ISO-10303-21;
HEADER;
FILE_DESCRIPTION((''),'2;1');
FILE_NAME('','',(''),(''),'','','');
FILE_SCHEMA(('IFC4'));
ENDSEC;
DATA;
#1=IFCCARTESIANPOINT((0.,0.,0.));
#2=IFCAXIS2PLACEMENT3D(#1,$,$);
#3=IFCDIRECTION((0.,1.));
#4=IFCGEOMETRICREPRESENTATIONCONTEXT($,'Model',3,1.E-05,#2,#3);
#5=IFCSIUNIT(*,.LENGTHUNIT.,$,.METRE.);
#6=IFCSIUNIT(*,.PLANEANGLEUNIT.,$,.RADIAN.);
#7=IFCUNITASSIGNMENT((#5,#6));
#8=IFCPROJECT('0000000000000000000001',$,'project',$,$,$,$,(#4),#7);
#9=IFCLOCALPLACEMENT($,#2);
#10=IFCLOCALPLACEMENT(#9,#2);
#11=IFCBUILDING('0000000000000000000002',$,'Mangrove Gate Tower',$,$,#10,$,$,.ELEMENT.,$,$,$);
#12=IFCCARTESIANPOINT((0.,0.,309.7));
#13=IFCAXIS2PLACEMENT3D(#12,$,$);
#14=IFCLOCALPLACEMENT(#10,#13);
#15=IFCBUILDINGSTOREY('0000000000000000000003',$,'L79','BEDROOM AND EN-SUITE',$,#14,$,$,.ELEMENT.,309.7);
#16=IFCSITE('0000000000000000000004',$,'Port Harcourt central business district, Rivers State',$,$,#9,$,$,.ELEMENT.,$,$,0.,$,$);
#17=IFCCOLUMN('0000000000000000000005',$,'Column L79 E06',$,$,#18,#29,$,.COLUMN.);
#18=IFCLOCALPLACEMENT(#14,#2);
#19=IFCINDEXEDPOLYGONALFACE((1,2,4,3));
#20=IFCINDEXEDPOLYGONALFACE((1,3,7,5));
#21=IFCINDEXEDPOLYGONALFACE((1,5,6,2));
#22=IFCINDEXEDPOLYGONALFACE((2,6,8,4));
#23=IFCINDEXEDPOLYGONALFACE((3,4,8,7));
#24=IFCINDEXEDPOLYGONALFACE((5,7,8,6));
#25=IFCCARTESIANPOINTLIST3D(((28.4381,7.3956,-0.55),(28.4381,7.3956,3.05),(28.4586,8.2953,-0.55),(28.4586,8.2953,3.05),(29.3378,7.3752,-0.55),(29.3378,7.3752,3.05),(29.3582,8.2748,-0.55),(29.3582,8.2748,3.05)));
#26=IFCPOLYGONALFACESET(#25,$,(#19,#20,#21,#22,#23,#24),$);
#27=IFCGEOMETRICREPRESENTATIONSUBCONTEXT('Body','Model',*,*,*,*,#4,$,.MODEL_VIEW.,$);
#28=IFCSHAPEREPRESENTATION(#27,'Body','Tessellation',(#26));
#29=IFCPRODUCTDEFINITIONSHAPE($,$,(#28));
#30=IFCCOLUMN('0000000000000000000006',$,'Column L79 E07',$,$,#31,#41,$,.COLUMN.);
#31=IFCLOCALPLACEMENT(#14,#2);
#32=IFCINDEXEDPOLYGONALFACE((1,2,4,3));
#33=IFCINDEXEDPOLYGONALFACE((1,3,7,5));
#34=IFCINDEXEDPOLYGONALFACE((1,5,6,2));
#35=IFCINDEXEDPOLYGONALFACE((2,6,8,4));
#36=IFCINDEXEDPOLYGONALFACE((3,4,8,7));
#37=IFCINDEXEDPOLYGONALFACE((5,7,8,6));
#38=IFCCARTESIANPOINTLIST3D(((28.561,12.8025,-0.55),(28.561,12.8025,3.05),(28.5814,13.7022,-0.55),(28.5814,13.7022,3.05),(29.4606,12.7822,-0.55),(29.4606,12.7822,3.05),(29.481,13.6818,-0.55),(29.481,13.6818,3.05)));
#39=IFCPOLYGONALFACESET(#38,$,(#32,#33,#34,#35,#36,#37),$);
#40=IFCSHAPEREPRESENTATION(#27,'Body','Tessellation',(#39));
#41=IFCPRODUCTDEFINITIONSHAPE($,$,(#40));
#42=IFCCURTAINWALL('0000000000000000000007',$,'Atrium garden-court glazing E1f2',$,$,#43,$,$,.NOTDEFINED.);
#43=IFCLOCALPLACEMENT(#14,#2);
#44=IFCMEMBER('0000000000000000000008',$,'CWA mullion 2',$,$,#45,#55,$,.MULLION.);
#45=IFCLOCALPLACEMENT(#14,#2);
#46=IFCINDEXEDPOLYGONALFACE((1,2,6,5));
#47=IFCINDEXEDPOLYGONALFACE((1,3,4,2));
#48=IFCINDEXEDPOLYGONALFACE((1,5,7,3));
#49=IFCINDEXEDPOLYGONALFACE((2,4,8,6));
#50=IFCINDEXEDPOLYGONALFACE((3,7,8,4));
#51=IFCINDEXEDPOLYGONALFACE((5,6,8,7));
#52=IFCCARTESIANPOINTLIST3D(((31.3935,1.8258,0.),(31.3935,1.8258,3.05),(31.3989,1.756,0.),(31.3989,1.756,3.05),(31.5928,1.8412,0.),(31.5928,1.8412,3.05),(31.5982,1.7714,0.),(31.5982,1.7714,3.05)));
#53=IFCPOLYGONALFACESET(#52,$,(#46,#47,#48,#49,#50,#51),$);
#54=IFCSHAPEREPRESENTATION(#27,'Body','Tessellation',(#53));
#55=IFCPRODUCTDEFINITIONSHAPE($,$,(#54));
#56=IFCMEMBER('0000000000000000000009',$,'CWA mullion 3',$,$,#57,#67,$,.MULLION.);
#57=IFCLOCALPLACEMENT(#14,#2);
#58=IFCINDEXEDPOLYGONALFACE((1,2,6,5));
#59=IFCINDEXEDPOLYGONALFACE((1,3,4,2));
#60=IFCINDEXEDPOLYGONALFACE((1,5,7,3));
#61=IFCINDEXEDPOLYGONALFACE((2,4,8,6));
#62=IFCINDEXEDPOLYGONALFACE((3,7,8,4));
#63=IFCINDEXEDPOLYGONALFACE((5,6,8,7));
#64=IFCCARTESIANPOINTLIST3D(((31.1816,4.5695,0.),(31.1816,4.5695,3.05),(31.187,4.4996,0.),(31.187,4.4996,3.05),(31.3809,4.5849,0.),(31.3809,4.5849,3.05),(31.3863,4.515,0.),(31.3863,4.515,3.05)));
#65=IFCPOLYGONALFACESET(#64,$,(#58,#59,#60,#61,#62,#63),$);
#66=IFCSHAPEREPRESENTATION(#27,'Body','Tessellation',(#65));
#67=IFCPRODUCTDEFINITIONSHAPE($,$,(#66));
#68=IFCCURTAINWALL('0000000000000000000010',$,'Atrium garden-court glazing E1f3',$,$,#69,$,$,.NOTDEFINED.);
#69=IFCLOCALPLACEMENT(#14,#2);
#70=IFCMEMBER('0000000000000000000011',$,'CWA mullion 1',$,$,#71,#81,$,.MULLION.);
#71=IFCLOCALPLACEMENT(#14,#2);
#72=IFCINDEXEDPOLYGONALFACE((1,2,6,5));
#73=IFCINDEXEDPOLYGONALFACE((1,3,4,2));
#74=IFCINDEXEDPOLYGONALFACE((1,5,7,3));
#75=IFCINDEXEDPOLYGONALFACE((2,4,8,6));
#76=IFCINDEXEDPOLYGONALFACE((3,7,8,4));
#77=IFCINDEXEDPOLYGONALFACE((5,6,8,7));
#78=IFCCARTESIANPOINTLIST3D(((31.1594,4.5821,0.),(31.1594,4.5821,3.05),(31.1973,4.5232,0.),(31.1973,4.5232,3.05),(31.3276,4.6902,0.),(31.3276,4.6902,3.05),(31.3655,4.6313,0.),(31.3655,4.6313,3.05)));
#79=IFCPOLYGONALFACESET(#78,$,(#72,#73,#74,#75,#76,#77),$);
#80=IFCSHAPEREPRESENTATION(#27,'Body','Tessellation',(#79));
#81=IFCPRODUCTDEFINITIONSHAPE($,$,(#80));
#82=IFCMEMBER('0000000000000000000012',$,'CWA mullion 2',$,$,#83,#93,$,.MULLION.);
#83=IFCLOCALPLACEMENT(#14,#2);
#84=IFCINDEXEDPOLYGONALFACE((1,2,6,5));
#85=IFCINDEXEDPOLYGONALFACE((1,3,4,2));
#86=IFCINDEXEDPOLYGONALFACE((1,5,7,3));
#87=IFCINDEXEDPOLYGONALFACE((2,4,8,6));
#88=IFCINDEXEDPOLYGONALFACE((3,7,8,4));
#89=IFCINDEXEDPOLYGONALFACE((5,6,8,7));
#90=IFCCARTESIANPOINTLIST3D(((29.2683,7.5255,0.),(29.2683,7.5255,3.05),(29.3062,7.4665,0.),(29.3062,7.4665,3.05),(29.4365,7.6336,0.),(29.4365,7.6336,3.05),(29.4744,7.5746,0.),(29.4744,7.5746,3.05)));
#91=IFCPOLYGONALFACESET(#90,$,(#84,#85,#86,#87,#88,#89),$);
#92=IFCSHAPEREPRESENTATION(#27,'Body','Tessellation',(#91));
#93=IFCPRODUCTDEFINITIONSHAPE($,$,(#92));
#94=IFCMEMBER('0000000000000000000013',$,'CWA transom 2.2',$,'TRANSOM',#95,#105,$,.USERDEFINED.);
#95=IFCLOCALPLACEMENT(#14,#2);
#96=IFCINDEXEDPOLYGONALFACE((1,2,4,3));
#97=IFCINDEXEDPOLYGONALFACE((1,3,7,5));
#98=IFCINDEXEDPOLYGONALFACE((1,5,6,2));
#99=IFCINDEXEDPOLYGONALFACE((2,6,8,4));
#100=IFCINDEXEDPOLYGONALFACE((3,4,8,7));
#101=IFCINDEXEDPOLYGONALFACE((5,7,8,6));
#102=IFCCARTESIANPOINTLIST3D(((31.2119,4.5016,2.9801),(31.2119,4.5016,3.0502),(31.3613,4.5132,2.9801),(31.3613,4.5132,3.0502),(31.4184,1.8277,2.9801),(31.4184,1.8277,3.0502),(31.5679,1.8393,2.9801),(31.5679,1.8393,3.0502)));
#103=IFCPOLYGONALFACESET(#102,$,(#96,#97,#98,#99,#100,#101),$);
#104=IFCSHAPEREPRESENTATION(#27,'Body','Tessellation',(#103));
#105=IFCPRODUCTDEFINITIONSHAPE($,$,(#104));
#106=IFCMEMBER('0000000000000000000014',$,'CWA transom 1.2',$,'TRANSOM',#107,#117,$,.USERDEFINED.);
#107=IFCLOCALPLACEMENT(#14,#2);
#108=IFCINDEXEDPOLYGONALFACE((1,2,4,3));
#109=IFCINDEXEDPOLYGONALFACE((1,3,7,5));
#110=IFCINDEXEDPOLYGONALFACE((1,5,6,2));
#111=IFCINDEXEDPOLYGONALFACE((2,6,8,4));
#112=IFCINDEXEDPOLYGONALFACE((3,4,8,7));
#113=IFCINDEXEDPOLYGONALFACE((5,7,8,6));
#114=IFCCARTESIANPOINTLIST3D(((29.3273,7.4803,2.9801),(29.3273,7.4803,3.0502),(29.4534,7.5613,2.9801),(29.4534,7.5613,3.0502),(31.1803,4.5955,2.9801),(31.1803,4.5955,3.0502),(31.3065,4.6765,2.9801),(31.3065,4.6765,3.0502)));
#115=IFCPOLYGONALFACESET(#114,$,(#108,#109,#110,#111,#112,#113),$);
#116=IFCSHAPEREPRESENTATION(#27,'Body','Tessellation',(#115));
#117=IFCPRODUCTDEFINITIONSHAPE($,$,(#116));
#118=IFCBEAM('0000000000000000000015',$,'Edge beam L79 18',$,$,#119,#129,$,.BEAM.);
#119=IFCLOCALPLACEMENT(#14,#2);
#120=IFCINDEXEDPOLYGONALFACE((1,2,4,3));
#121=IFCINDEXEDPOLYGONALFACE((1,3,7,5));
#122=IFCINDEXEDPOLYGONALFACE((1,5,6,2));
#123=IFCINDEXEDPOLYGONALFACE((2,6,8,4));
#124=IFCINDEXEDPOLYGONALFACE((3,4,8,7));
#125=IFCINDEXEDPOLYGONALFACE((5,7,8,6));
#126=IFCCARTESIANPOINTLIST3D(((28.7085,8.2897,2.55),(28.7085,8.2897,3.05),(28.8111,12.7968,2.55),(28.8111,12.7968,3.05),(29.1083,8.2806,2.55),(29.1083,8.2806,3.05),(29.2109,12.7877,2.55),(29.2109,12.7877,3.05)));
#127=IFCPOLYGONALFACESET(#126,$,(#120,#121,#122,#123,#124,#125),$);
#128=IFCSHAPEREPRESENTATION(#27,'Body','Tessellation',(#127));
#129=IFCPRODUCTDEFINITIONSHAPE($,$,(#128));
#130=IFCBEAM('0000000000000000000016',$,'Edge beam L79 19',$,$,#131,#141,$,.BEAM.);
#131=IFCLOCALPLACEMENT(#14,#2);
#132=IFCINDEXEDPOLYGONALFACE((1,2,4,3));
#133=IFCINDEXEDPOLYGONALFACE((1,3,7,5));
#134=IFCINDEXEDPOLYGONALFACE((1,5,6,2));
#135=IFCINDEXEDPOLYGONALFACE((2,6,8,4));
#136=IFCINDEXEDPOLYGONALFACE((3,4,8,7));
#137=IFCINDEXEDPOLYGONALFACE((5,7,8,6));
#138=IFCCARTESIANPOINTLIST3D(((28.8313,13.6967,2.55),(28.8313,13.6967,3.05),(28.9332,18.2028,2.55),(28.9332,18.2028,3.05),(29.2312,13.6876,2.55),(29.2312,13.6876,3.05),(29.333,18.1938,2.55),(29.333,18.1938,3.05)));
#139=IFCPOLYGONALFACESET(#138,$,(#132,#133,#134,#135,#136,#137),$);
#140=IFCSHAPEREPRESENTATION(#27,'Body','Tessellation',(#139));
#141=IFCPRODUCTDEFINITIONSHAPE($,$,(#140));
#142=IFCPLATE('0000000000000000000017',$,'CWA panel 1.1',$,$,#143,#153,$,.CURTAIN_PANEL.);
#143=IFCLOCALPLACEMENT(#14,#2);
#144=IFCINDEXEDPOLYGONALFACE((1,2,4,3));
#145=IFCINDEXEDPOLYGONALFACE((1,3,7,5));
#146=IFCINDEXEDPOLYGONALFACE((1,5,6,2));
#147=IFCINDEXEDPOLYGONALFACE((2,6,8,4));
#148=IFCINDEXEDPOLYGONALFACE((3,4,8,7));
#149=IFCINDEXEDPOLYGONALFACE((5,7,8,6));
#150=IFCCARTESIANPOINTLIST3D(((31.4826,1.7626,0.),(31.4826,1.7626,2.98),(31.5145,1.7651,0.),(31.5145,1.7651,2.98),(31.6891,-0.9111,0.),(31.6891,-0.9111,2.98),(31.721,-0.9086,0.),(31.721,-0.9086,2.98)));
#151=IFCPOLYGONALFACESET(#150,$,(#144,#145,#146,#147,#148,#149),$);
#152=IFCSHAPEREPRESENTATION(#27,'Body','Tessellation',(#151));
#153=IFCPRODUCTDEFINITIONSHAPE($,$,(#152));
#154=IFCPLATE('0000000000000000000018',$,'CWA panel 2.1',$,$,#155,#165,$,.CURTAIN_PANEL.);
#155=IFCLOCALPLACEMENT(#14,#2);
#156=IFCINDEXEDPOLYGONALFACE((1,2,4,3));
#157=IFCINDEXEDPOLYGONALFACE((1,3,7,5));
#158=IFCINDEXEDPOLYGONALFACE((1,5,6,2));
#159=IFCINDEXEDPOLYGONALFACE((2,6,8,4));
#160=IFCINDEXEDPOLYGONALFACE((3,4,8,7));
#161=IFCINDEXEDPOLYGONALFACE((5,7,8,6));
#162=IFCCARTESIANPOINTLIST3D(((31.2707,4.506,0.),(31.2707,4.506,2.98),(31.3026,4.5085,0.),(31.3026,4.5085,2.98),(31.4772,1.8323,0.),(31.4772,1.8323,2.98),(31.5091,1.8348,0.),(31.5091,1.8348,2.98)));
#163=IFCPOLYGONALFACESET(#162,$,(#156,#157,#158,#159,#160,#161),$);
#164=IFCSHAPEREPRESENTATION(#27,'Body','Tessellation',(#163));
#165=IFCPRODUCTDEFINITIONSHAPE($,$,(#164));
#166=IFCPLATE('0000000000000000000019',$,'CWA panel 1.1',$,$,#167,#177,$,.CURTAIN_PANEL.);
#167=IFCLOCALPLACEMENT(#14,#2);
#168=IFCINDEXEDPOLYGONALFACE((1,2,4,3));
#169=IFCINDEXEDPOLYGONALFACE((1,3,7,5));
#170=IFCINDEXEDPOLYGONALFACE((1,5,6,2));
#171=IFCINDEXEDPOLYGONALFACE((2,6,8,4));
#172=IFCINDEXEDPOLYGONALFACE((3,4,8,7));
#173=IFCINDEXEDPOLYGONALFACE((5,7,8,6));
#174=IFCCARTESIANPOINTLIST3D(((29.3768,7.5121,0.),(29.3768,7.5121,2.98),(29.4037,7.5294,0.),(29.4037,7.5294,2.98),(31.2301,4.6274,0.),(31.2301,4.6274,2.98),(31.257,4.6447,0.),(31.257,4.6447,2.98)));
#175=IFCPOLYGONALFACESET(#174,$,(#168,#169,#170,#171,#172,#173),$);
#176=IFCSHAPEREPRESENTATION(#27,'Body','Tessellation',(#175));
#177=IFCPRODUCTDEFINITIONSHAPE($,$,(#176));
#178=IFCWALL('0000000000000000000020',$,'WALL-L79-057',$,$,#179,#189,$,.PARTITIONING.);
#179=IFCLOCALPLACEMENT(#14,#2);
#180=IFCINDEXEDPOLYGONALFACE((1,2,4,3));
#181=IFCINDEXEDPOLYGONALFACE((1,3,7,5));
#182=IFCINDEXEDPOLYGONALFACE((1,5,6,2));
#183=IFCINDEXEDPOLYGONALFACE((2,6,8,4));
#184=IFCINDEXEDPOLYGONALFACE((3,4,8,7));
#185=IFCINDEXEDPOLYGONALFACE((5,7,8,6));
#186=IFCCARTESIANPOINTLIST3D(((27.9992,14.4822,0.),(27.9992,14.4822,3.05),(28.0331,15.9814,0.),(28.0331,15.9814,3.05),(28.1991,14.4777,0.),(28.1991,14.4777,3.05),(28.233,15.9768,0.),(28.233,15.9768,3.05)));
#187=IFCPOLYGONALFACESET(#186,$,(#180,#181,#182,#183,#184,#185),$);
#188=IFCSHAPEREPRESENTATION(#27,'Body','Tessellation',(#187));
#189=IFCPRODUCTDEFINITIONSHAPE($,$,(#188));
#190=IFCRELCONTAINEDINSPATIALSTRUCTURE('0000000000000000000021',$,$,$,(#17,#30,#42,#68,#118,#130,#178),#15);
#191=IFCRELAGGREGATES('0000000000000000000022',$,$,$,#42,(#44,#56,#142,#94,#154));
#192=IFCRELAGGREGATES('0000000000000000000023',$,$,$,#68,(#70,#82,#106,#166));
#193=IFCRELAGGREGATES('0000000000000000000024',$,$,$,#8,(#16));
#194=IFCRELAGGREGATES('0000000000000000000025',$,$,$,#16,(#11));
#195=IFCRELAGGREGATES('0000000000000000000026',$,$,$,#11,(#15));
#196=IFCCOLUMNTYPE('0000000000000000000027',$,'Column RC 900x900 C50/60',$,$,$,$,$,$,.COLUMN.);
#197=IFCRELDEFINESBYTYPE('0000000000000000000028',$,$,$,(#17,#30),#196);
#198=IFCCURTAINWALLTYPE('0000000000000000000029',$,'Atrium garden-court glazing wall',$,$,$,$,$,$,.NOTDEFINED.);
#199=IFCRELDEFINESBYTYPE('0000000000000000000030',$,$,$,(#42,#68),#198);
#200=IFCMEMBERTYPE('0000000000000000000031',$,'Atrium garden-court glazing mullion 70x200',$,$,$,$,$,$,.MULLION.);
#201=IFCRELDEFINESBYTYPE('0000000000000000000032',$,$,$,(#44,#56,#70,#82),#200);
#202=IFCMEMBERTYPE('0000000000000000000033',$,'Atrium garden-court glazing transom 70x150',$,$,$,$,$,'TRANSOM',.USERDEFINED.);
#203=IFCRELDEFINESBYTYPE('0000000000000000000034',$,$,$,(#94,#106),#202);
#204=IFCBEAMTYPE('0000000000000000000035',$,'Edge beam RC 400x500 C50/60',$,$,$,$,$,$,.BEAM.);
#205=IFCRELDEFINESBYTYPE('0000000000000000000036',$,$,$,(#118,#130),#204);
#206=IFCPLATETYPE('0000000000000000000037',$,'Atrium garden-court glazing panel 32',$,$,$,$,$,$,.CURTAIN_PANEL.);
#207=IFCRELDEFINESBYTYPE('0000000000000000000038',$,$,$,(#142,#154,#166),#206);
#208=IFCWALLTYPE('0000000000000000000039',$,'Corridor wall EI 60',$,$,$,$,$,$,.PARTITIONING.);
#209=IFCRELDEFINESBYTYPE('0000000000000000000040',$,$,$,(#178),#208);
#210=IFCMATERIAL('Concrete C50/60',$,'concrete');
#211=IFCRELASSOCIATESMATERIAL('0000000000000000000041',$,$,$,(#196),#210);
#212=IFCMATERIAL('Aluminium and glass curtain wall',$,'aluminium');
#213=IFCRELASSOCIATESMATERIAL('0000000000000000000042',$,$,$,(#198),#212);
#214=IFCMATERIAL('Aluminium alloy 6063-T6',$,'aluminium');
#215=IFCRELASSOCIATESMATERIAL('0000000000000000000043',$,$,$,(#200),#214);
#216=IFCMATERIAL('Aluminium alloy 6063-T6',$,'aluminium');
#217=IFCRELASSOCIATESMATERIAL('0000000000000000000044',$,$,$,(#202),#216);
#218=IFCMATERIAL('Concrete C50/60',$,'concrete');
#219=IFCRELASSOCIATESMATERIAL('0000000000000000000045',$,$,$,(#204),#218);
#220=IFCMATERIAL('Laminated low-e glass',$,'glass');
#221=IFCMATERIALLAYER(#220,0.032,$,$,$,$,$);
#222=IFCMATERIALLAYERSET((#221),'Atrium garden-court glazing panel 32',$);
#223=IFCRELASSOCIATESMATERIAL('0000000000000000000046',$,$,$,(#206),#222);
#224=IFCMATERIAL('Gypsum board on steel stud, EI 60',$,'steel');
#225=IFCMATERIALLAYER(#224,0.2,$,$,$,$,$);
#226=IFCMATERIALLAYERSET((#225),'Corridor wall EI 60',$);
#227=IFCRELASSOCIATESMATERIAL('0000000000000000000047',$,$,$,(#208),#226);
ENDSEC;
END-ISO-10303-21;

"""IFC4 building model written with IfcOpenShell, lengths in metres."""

from ifc_helpers import new_model, si_unit, direction, frame, frame_2d, origin, origin_2d, place, context, subcontext, project, spatial, rectangle, extrude, material, layer, layer_set, material_profile, profile_set, type_object, element, aggregate, save


model = new_model("IFC4")

# Units and contexts
model_context = context("Model", 3, precision=1e-05, world=origin(), true_north=direction((0.0, 1.0)))
body_context = subcontext(model_context, "Body", "Model", "MODEL_VIEW")
ifc_project = project(units=[si_unit("LENGTHUNIT", "METRE"), si_unit("PLANEANGLEUNIT", "RADIAN")], contexts=[model_context])

# Site, building, storey
site_placement = place(None, origin())
site = spatial("IfcSite", under=ifc_project, at=site_placement, Name="Port Harcourt central business district, Rivers State", CompositionType="ELEMENT", RefElevation=0.0)
building_placement = place(site_placement, origin())
building = spatial("IfcBuilding", under=site, at=building_placement, Name="Mangrove Gate Tower", CompositionType="ELEMENT")
storey_placement = place(building_placement, frame((0.0, 0.0, 309.7)))
storey = spatial("IfcBuildingStorey", under=building, at=storey_placement, Name="L79", Description="BEDROOM AND EN-SUITE", CompositionType="ELEMENT", Elevation=309.7)

# Columns
ifc_material_1 = material(Name="Concrete C50/60", Category="concrete")
ifc_material_profile_1 = material_profile(ifc_material_1, rectangle(XDim=0.8999, YDim=0.8999, at=origin_2d()))
ifc_profile_set_1 = profile_set([ifc_material_profile_1], Name="Concrete C50/60")
column_type = type_object("IfcColumnType", Name="Column RC 900x900 C50/60", PredefinedType="COLUMN", material=ifc_profile_set_1)
for number, where, z_axis, x_axis, name in (
    (1, (28.8982, 7.8352, -0.55), (0.0, 0.0, 1.0), (0.022705, 0.999742, 0.0), "Column L79 E06"),
    (2, (29.021, 13.2422, -0.55), (0.0, 0.0, 1.0), (0.022652, 0.999743, 0.0), "Column L79 E07"),
):
    element("IfcColumn", number, at=place(storey_placement, frame(where, z_axis=z_axis, x_axis=x_axis)), inside=storey, type_object=column_type, Name=name, PredefinedType="COLUMN", context=body_context, shape_type="SweptSolid", body=[
        extrude(rectangle(XDim=0.8999, YDim=0.8999, at=origin_2d()), origin(), (0.0, 0.0, 1.0), 3.6001),
    ])

# Curtain walls, members
ifc_material_2 = material(Name="Aluminium and glass curtain wall", Category="aluminium")
curtain_wall_type = type_object("IfcCurtainWallType", Name="Atrium garden-court glazing wall", PredefinedType="NOTDEFINED", material=ifc_material_2)
curtain_wall_1_placement = place(storey_placement, origin())
curtain_wall_1 = element("IfcCurtainWall", 3, at=curtain_wall_1_placement, inside=storey, type_object=curtain_wall_type, Name="Atrium garden-court glazing E1f2", PredefinedType="NOTDEFINED")
ifc_material_3 = material(Name="Aluminium alloy 6063-T6", Category="aluminium")
ifc_material_profile_2 = material_profile(ifc_material_3, rectangle(XDim=0.0701, YDim=0.2, at=origin_2d()))
ifc_profile_set_2 = profile_set([ifc_material_profile_2], Name="Aluminium alloy 6063-T6")
member_type_1 = type_object("IfcMemberType", Name="Atrium garden-court glazing mullion 70x200", PredefinedType="MULLION", material=ifc_profile_set_2)
member_1_placement = place(storey_placement, frame((31.4958, 1.7986, 0.0), z_axis=(0.0, 0.0, 1.0), x_axis=(-0.077023, 0.997029, 0.0)))
member_1 = element("IfcMember", 4, at=member_1_placement, type_object=member_type_1, Name="CWA mullion 2", PredefinedType="MULLION", context=body_context, shape_type="SweptSolid", body=[
    extrude(rectangle(XDim=0.0701, YDim=0.2, at=origin_2d()), origin(), (0.0, 0.0, 1.0), 3.05),
])
member_2_placement = place(storey_placement, frame((31.2839, 4.5422, 0.0), z_axis=(0.0, 0.0, 1.0), x_axis=(-0.077023, 0.997029, 0.0)))
member_2 = element("IfcMember", 5, at=member_2_placement, type_object=member_type_1, Name="CWA mullion 3", PredefinedType="MULLION", context=body_context, shape_type="SweptSolid", body=[
    extrude(rectangle(XDim=0.0701, YDim=0.2, at=origin_2d()), origin(), (0.0, 0.0, 1.0), 3.05),
])
curtain_wall_2_placement = place(storey_placement, origin())
curtain_wall_2 = element("IfcCurtainWall", 6, at=curtain_wall_2_placement, inside=storey, type_object=curtain_wall_type, Name="Atrium garden-court glazing E1f3", PredefinedType="NOTDEFINED")
member_3_placement = place(storey_placement, frame((31.2625, 4.6067, 0.0), z_axis=(0.0, 0.0, 1.0), x_axis=(-0.540512, 0.841336, 0.0)))
member_3 = element("IfcMember", 7, at=member_3_placement, type_object=member_type_1, Name="CWA mullion 1", PredefinedType="MULLION", context=body_context, shape_type="SweptSolid", body=[
    extrude(rectangle(XDim=0.0701, YDim=0.2, at=origin_2d()), origin(), (0.0, 0.0, 1.0), 3.05),
])
member_4_placement = place(storey_placement, frame((29.3713, 7.55, 0.0), z_axis=(0.0, 0.0, 1.0), x_axis=(-0.540512, 0.841336, 0.0)))
member_4 = element("IfcMember", 8, at=member_4_placement, type_object=member_type_1, Name="CWA mullion 2", PredefinedType="MULLION", context=body_context, shape_type="SweptSolid", body=[
    extrude(rectangle(XDim=0.0701, YDim=0.2, at=origin_2d()), origin(), (0.0, 0.0, 1.0), 3.05),
])

# Members
ifc_material_4 = material(Name="Aluminium alloy 6063-T6", Category="aluminium")
ifc_material_profile_3 = material_profile(ifc_material_4, rectangle(XDim=0.0701, YDim=0.1499, at=origin_2d()))
ifc_profile_set_3 = profile_set([ifc_material_profile_3], Name="Aluminium alloy 6063-T6")
member_type_2 = type_object("IfcMemberType", Name="Atrium garden-court glazing transom 70x150", ElementType="TRANSOM", PredefinedType="USERDEFINED", material=ifc_profile_set_3)
member_5_placement = place(storey_placement, frame((31.4932, 1.8335, 3.0151), z_axis=(-0.077017, 0.99703, 0.0), x_axis=(0.0, 0.0, 1.0)))
member_5 = element("IfcMember", 9, at=member_5_placement, type_object=member_type_2, Name="CWA transom 2.2", ObjectType="TRANSOM", PredefinedType="USERDEFINED", context=body_context, shape_type="SweptSolid", body=[
    extrude(rectangle(XDim=0.0701, YDim=0.1499, at=origin_2d()), origin(), (0.0, 0.0, 1.0), 2.6819),
])
member_6_placement = place(storey_placement, frame((31.2434, 4.636, 3.0151), z_axis=(-0.540455, 0.841373, 0.0), x_axis=(0.0, 0.0, 1.0)))
member_6 = element("IfcMember", 10, at=member_6_placement, type_object=member_type_2, Name="CWA transom 1.2", ObjectType="TRANSOM", PredefinedType="USERDEFINED", context=body_context, shape_type="SweptSolid", body=[
    extrude(rectangle(XDim=0.0701, YDim=0.1499, at=origin_2d()), origin(), (0.0, 0.0, 1.0), 3.4287),
])

# Beams
ifc_material_5 = material(Name="Concrete C50/60", Category="concrete")
ifc_material_profile_4 = material_profile(ifc_material_5, rectangle(XDim=0.3999, YDim=0.5, at=origin_2d()))
ifc_profile_set_4 = profile_set([ifc_material_profile_4], Name="Concrete C50/60")
beam_type = type_object("IfcBeamType", Name="Edge beam RC 400x500 C50/60", PredefinedType="BEAM", material=ifc_profile_set_4)
beam_1_placement = place(storey_placement, frame((28.9084, 8.2852, 2.8), z_axis=(0.022745, 0.999741, 0.0), x_axis=(-0.999741, 0.022745, 0.0)))
element("IfcBeam", 11, at=beam_1_placement, inside=storey, type_object=beam_type, Name="Edge beam L79 18", PredefinedType="BEAM", context=body_context, shape_type="SweptSolid", body=[
    extrude(rectangle(XDim=0.3999, YDim=0.5, at=origin_2d()), origin(), (0.0, 0.0, 1.0), 4.5083),
])
beam_2_placement = place(storey_placement, frame((29.0312, 13.6921, 2.8), z_axis=(0.022587, 0.999745, 0.0), x_axis=(-0.999745, 0.022587, 0.0)))
element("IfcBeam", 12, at=beam_2_placement, inside=storey, type_object=beam_type, Name="Edge beam L79 19", PredefinedType="BEAM", context=body_context, shape_type="SweptSolid", body=[
    extrude(rectangle(XDim=0.3999, YDim=0.5, at=origin_2d()), origin(), (0.0, 0.0, 1.0), 4.5073),
])

# Plates
ifc_material_6 = material(Name="Laminated low-e glass", Category="glass")
ifc_layer_1 = layer(ifc_material_6, 0.032)
ifc_layer_set_1 = layer_set([ifc_layer_1], Name="Atrium garden-court glazing panel 32")
plate_type = type_object("IfcPlateType", Name="Atrium garden-court glazing panel 32", PredefinedType="CURTAIN_PANEL", material=ifc_layer_set_1)
plate_1_placement = place(storey_placement, frame((31.6018, 0.427, 0.0), z_axis=(0.0, 0.0, 1.0), x_axis=(-0.077023, 0.997029, 0.0)))
plate_1 = element("IfcPlate", 13, at=plate_1_placement, type_object=plate_type, Name="CWA panel 1.1", PredefinedType="CURTAIN_PANEL", context=body_context, shape_type="SweptSolid", body=[
    extrude(rectangle(XDim=2.6816, YDim=0.032, at=origin_2d()), origin(), (0.0, 0.0, 1.0), 2.98),
])
plate_2_placement = place(storey_placement, frame((31.3899, 3.1704, 0.0), z_axis=(0.0, 0.0, 1.0), x_axis=(-0.077023, 0.997029, 0.0)))
plate_2 = element("IfcPlate", 14, at=plate_2_placement, type_object=plate_type, Name="CWA panel 2.1", PredefinedType="CURTAIN_PANEL", context=body_context, shape_type="SweptSolid", body=[
    extrude(rectangle(XDim=2.6816, YDim=0.032, at=origin_2d()), origin(), (0.0, 0.0, 1.0), 2.98),
])
aggregate(curtain_wall_1, [member_1, member_2, plate_1, member_5, plate_2])
plate_3_placement = place(storey_placement, frame((30.3169, 6.0784, 0.0), z_axis=(0.0, 0.0, 1.0), x_axis=(-0.540512, 0.841336, 0.0)))
plate_3 = element("IfcPlate", 15, at=plate_3_placement, type_object=plate_type, Name="CWA panel 1.1", PredefinedType="CURTAIN_PANEL", context=body_context, shape_type="SweptSolid", body=[
    extrude(rectangle(XDim=3.4287, YDim=0.032, at=origin_2d()), origin(), (0.0, 0.0, 1.0), 2.98),
])
aggregate(curtain_wall_2, [member_3, member_4, member_6, plate_3])

# Wall
ifc_material_7 = material(Name="Gypsum board on steel stud, EI 60", Category="steel")
ifc_layer_2 = layer(ifc_material_7, 0.2)
ifc_layer_set_2 = layer_set([ifc_layer_2], Name="Corridor wall EI 60")
wall_type_1 = type_object("IfcWallType", Name="Corridor wall EI 60", PredefinedType="PARTITIONING", material=ifc_layer_set_2)
wall_1_placement = place(storey_placement, frame((28.0991, 14.48, 0.0), z_axis=(0.0, 0.0, 1.0), x_axis=(0.022633, 0.999744, 0.0)))
element("IfcWall", 16, at=wall_1_placement, inside=storey, type_object=wall_type_1, Name="WALL-L79-057", PredefinedType="PARTITIONING", context=body_context, shape_type="SweptSolid", body=[
    extrude(rectangle(XDim=1.4995, YDim=0.2, at=frame_2d((0.7498, 0.0))), origin(), (0.0, 0.0, 1.0), 3.05),
])

save(model, "model.ifc")
